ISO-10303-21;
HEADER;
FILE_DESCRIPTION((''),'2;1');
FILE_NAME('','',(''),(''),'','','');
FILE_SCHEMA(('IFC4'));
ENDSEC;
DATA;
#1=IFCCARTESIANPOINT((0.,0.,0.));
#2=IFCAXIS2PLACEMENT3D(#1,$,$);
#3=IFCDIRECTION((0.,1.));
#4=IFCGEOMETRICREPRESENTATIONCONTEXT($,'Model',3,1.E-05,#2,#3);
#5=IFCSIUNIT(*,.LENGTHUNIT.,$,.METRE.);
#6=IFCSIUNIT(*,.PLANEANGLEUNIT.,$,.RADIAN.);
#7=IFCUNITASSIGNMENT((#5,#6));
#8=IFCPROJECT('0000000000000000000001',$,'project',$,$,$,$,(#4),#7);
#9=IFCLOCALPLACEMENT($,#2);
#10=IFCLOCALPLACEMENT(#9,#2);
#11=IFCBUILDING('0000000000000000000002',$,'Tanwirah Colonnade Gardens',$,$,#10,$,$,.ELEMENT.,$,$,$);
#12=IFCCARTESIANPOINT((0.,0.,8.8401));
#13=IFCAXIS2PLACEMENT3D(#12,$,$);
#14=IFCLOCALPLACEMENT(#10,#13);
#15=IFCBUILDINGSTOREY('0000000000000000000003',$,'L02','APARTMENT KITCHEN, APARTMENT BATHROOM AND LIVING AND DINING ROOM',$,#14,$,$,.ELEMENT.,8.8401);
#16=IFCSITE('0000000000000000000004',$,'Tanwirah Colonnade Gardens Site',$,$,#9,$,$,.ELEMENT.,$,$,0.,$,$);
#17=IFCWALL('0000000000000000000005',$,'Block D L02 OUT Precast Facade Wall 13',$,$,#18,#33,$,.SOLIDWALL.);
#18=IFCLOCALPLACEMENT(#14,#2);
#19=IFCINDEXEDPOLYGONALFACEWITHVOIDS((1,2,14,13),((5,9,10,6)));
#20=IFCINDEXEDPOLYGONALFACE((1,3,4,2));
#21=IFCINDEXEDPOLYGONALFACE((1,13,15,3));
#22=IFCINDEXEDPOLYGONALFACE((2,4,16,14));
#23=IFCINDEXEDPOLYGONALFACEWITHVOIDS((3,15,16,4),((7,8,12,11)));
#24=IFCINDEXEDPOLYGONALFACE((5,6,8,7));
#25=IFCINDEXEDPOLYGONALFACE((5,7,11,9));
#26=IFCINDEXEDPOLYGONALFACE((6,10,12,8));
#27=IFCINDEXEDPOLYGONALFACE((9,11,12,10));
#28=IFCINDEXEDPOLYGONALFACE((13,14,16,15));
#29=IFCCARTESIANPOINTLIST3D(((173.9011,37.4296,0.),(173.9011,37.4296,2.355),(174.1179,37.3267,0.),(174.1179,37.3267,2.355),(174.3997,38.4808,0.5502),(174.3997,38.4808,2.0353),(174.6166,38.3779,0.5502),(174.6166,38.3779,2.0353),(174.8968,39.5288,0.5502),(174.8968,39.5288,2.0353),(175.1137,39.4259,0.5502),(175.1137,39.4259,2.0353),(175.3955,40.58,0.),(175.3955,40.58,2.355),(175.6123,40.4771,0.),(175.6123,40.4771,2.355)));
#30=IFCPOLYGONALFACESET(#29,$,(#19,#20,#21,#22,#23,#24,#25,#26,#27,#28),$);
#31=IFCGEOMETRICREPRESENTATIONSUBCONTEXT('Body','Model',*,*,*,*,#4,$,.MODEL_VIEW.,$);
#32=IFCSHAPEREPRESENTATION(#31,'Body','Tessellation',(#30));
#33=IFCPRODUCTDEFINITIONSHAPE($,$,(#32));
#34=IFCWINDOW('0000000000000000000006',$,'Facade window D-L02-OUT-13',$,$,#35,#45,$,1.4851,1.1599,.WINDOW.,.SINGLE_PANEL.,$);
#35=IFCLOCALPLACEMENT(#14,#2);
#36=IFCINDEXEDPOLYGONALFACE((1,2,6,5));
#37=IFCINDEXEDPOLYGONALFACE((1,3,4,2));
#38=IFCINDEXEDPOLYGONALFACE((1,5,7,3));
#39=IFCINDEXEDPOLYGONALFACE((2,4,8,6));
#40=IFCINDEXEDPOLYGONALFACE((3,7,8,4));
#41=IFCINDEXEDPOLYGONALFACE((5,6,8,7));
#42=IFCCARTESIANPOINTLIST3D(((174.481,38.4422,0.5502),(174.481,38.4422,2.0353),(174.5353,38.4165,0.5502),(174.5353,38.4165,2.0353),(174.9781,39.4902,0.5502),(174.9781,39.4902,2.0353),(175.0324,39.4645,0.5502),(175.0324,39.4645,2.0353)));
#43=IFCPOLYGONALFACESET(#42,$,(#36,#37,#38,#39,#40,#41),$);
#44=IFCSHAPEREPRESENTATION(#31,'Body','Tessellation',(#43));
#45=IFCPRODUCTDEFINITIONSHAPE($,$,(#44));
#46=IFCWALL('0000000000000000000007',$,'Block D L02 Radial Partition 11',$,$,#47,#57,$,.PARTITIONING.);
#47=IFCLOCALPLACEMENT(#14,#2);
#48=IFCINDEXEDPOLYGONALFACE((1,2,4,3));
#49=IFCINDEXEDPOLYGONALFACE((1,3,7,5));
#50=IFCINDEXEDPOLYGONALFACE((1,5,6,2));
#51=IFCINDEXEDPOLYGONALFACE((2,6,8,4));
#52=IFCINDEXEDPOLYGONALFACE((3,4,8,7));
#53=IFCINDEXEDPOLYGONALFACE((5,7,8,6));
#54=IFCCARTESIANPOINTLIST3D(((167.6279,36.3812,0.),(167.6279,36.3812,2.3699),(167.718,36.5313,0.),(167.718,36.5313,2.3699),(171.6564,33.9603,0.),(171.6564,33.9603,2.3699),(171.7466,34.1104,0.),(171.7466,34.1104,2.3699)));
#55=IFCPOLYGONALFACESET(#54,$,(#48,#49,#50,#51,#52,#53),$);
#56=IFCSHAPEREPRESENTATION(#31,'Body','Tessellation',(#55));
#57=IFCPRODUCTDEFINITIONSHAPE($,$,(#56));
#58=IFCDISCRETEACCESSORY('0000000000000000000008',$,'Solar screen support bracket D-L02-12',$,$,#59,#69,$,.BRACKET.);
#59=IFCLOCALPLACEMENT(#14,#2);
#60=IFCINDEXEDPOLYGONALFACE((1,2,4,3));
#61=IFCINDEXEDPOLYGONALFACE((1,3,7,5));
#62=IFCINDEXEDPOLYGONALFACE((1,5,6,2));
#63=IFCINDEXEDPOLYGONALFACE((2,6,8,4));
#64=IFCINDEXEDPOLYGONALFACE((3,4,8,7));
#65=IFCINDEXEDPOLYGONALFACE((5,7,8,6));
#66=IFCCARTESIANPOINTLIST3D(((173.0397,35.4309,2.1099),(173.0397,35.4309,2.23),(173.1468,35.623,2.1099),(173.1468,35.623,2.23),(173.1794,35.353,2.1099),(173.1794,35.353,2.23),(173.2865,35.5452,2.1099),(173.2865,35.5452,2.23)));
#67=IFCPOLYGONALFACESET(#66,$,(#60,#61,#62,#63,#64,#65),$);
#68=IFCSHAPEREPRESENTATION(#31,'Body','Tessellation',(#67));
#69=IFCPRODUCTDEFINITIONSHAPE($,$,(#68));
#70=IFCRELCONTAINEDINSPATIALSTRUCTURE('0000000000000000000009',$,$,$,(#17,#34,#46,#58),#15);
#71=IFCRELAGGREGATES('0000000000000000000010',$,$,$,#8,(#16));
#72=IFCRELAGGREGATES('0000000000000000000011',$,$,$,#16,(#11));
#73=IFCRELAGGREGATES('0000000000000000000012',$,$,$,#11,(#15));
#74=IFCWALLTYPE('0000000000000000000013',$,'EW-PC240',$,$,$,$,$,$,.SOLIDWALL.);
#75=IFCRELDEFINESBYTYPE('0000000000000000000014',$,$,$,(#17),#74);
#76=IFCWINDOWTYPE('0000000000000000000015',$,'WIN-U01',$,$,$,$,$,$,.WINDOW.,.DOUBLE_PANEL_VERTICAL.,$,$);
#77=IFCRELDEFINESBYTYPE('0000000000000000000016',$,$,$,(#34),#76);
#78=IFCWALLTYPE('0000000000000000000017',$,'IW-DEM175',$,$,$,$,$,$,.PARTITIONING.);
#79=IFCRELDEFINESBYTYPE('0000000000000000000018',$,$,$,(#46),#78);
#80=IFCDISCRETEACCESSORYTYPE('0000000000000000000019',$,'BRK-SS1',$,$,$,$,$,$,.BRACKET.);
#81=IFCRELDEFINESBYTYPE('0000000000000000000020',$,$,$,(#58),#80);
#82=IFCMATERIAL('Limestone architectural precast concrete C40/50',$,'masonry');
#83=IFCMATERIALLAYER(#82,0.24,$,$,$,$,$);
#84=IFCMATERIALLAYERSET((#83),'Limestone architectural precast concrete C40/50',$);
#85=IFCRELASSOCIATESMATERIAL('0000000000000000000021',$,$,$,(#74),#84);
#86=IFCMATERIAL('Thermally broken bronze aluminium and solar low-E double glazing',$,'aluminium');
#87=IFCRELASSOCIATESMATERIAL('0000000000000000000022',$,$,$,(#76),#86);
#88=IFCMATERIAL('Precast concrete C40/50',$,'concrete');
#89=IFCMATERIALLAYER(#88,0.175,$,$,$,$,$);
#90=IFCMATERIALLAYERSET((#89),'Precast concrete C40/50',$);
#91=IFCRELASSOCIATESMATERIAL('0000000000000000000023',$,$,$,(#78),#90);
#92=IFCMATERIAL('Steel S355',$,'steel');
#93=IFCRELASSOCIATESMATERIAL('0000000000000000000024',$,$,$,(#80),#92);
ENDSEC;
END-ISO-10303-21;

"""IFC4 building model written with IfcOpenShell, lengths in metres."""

from ifc_helpers import new_model, si_unit, direction, frame, frame_2d, origin, origin_2d, place, context, subcontext, project, spatial, rectangle, extrude, material, layer, layer_set, type_object, element, fill, save


model = new_model("IFC4")

# Units and contexts
model_context = context("Model", 3, precision=1e-05, world=origin(), true_north=direction((0.0, 1.0)))
body_context = subcontext(model_context, "Body", "Model", "MODEL_VIEW")
ifc_project = project(units=[si_unit("LENGTHUNIT", "METRE"), si_unit("PLANEANGLEUNIT", "RADIAN")], contexts=[model_context])

# Site, building, storey
site_placement = place(None, origin())
site = spatial("IfcSite", under=ifc_project, at=site_placement, Name="Tanwirah Colonnade Gardens Site", CompositionType="ELEMENT", RefElevation=0.0)
building_placement = place(site_placement, origin())
building = spatial("IfcBuilding", under=site, at=building_placement, Name="Tanwirah Colonnade Gardens", CompositionType="ELEMENT")
storey_placement = place(building_placement, frame((0.0, 0.0, 8.8401)))
storey = spatial("IfcBuildingStorey", under=building, at=storey_placement, Name="L02", Description="APARTMENT KITCHEN, APARTMENT BATHROOM AND LIVING AND DINING ROOM", CompositionType="ELEMENT", Elevation=8.8401)

# Shared definitions
ifc_material_1 = material(Name="Precast concrete C40/50", Category="concrete")

# Wall, opening, window
ifc_material_2 = material(Name="Limestone architectural precast concrete C40/50", Category="masonry")
ifc_layer_1 = layer(ifc_material_2, 0.24)
ifc_layer_set_1 = layer_set([ifc_layer_1], Name="Limestone architectural precast concrete C40/50")
wall_type_1 = type_object("IfcWallType", Name="EW-PC240", PredefinedType="SOLIDWALL", material=ifc_layer_set_1)
ifc_material_3 = material(Name="Thermally broken bronze aluminium and solar low-E double glazing", Category="aluminium")
wall_1_placement = place(storey_placement, frame((174.0095, 37.3782, 0.0), z_axis=(0.0, 0.0, 1.0), x_axis=(0.428577, 0.903505, 0.0)))
wall_1 = element("IfcWall", 1, at=wall_1_placement, inside=storey, type_object=wall_type_1, Name="Block D L02 OUT Precast Facade Wall 13", PredefinedType="SOLIDWALL", context=body_context, shape_type="SweptSolid", body=[
    extrude(rectangle(XDim=3.4868, YDim=0.24, at=frame_2d((1.7434, 0.0))), origin(), (0.0, 0.0, 1.0), 2.355),
])
opening_1_placement = place(wall_1_placement, frame((1.1633, 0.0, 0.55)))
opening_1 = element("IfcOpeningElement", 2, at=opening_1_placement, cuts=wall_1, PredefinedType="OPENING", context=body_context, shape_type="SweptSolid", body=[
    extrude(rectangle(XDim=1.1599, YDim=1.4851, at=frame_2d((0.5801, 0.7427))), frame((0.0, 0.1299, 0.0), z_axis=(0.0, -1.0, 0.0), x_axis=(1.0, 0.0, 0.0)), (0.0, 0.0, 1.0), 0.26),
])
window_type_1 = type_object("IfcWindowType", Name="WIN-U01", PartitioningType="DOUBLE_PANEL_VERTICAL", PredefinedType="WINDOW", material=ifc_material_3)
window_1_placement = place(opening_1_placement, origin())
window_1 = element("IfcWindow", 3, at=window_1_placement, inside=storey, type_object=window_type_1, Name="Facade window D-L02-OUT-13", OverallHeight=1.4851, OverallWidth=1.1599, PartitioningType="SINGLE_PANEL", PredefinedType="WINDOW", context=body_context, shape_type="SweptSolid", body=[
    extrude(rectangle(XDim=1.1599, YDim=1.4851, at=frame_2d((0.5801, 0.7427))), frame((0.0, 0.03, 0.0), z_axis=(0.0, -1.0, 0.0), x_axis=(1.0, 0.0, 0.0)), (0.0, 0.0, 1.0), 0.0601),
])
fill(opening_1, window_1)

# Wall
ifc_layer_2 = layer(ifc_material_1, 0.175)
ifc_layer_set_2 = layer_set([ifc_layer_2], Name="Precast concrete C40/50")
wall_type_2 = type_object("IfcWallType", Name="IW-DEM175", PredefinedType="PARTITIONING", material=ifc_layer_set_2)
wall_2_placement = place(storey_placement, frame((167.6729, 36.4563, 0.0), z_axis=(0.0, 0.0, 1.0), x_axis=(0.85714, -0.515084, 0.0)))
element("IfcWall", 4, at=wall_2_placement, inside=storey, type_object=wall_type_2, Name="Block D L02 Radial Partition 11", PredefinedType="PARTITIONING", context=body_context, shape_type="SweptSolid", body=[
    extrude(rectangle(XDim=4.7, YDim=0.175, at=frame_2d((2.3501, 0.0))), origin(), (0.0, 0.0, 1.0), 2.3699),
])

# Discrete accessory
ifc_material_4 = material(Name="Steel S355", Category="steel")
discrete_accessory_type = type_object("IfcDiscreteAccessoryType", Name="BRK-SS1", PredefinedType="BRACKET", material=ifc_material_4)
discrete_accessory_placement = place(storey_placement, frame((173.1631, 35.488, 2.1099), z_axis=(0.0, 0.0, 1.0), x_axis=(0.486717, 0.873559, 0.0)))
element("IfcDiscreteAccessory", 5, at=discrete_accessory_placement, inside=storey, type_object=discrete_accessory_type, Name="Solar screen support bracket D-L02-12", PredefinedType="BRACKET", context=body_context, shape_type="SweptSolid", body=[
    extrude(rectangle(XDim=0.22, YDim=0.1599, at=origin_2d()), origin(), (0.0, 0.0, 1.0), 0.1201),
])

save(model, "model.ifc")
